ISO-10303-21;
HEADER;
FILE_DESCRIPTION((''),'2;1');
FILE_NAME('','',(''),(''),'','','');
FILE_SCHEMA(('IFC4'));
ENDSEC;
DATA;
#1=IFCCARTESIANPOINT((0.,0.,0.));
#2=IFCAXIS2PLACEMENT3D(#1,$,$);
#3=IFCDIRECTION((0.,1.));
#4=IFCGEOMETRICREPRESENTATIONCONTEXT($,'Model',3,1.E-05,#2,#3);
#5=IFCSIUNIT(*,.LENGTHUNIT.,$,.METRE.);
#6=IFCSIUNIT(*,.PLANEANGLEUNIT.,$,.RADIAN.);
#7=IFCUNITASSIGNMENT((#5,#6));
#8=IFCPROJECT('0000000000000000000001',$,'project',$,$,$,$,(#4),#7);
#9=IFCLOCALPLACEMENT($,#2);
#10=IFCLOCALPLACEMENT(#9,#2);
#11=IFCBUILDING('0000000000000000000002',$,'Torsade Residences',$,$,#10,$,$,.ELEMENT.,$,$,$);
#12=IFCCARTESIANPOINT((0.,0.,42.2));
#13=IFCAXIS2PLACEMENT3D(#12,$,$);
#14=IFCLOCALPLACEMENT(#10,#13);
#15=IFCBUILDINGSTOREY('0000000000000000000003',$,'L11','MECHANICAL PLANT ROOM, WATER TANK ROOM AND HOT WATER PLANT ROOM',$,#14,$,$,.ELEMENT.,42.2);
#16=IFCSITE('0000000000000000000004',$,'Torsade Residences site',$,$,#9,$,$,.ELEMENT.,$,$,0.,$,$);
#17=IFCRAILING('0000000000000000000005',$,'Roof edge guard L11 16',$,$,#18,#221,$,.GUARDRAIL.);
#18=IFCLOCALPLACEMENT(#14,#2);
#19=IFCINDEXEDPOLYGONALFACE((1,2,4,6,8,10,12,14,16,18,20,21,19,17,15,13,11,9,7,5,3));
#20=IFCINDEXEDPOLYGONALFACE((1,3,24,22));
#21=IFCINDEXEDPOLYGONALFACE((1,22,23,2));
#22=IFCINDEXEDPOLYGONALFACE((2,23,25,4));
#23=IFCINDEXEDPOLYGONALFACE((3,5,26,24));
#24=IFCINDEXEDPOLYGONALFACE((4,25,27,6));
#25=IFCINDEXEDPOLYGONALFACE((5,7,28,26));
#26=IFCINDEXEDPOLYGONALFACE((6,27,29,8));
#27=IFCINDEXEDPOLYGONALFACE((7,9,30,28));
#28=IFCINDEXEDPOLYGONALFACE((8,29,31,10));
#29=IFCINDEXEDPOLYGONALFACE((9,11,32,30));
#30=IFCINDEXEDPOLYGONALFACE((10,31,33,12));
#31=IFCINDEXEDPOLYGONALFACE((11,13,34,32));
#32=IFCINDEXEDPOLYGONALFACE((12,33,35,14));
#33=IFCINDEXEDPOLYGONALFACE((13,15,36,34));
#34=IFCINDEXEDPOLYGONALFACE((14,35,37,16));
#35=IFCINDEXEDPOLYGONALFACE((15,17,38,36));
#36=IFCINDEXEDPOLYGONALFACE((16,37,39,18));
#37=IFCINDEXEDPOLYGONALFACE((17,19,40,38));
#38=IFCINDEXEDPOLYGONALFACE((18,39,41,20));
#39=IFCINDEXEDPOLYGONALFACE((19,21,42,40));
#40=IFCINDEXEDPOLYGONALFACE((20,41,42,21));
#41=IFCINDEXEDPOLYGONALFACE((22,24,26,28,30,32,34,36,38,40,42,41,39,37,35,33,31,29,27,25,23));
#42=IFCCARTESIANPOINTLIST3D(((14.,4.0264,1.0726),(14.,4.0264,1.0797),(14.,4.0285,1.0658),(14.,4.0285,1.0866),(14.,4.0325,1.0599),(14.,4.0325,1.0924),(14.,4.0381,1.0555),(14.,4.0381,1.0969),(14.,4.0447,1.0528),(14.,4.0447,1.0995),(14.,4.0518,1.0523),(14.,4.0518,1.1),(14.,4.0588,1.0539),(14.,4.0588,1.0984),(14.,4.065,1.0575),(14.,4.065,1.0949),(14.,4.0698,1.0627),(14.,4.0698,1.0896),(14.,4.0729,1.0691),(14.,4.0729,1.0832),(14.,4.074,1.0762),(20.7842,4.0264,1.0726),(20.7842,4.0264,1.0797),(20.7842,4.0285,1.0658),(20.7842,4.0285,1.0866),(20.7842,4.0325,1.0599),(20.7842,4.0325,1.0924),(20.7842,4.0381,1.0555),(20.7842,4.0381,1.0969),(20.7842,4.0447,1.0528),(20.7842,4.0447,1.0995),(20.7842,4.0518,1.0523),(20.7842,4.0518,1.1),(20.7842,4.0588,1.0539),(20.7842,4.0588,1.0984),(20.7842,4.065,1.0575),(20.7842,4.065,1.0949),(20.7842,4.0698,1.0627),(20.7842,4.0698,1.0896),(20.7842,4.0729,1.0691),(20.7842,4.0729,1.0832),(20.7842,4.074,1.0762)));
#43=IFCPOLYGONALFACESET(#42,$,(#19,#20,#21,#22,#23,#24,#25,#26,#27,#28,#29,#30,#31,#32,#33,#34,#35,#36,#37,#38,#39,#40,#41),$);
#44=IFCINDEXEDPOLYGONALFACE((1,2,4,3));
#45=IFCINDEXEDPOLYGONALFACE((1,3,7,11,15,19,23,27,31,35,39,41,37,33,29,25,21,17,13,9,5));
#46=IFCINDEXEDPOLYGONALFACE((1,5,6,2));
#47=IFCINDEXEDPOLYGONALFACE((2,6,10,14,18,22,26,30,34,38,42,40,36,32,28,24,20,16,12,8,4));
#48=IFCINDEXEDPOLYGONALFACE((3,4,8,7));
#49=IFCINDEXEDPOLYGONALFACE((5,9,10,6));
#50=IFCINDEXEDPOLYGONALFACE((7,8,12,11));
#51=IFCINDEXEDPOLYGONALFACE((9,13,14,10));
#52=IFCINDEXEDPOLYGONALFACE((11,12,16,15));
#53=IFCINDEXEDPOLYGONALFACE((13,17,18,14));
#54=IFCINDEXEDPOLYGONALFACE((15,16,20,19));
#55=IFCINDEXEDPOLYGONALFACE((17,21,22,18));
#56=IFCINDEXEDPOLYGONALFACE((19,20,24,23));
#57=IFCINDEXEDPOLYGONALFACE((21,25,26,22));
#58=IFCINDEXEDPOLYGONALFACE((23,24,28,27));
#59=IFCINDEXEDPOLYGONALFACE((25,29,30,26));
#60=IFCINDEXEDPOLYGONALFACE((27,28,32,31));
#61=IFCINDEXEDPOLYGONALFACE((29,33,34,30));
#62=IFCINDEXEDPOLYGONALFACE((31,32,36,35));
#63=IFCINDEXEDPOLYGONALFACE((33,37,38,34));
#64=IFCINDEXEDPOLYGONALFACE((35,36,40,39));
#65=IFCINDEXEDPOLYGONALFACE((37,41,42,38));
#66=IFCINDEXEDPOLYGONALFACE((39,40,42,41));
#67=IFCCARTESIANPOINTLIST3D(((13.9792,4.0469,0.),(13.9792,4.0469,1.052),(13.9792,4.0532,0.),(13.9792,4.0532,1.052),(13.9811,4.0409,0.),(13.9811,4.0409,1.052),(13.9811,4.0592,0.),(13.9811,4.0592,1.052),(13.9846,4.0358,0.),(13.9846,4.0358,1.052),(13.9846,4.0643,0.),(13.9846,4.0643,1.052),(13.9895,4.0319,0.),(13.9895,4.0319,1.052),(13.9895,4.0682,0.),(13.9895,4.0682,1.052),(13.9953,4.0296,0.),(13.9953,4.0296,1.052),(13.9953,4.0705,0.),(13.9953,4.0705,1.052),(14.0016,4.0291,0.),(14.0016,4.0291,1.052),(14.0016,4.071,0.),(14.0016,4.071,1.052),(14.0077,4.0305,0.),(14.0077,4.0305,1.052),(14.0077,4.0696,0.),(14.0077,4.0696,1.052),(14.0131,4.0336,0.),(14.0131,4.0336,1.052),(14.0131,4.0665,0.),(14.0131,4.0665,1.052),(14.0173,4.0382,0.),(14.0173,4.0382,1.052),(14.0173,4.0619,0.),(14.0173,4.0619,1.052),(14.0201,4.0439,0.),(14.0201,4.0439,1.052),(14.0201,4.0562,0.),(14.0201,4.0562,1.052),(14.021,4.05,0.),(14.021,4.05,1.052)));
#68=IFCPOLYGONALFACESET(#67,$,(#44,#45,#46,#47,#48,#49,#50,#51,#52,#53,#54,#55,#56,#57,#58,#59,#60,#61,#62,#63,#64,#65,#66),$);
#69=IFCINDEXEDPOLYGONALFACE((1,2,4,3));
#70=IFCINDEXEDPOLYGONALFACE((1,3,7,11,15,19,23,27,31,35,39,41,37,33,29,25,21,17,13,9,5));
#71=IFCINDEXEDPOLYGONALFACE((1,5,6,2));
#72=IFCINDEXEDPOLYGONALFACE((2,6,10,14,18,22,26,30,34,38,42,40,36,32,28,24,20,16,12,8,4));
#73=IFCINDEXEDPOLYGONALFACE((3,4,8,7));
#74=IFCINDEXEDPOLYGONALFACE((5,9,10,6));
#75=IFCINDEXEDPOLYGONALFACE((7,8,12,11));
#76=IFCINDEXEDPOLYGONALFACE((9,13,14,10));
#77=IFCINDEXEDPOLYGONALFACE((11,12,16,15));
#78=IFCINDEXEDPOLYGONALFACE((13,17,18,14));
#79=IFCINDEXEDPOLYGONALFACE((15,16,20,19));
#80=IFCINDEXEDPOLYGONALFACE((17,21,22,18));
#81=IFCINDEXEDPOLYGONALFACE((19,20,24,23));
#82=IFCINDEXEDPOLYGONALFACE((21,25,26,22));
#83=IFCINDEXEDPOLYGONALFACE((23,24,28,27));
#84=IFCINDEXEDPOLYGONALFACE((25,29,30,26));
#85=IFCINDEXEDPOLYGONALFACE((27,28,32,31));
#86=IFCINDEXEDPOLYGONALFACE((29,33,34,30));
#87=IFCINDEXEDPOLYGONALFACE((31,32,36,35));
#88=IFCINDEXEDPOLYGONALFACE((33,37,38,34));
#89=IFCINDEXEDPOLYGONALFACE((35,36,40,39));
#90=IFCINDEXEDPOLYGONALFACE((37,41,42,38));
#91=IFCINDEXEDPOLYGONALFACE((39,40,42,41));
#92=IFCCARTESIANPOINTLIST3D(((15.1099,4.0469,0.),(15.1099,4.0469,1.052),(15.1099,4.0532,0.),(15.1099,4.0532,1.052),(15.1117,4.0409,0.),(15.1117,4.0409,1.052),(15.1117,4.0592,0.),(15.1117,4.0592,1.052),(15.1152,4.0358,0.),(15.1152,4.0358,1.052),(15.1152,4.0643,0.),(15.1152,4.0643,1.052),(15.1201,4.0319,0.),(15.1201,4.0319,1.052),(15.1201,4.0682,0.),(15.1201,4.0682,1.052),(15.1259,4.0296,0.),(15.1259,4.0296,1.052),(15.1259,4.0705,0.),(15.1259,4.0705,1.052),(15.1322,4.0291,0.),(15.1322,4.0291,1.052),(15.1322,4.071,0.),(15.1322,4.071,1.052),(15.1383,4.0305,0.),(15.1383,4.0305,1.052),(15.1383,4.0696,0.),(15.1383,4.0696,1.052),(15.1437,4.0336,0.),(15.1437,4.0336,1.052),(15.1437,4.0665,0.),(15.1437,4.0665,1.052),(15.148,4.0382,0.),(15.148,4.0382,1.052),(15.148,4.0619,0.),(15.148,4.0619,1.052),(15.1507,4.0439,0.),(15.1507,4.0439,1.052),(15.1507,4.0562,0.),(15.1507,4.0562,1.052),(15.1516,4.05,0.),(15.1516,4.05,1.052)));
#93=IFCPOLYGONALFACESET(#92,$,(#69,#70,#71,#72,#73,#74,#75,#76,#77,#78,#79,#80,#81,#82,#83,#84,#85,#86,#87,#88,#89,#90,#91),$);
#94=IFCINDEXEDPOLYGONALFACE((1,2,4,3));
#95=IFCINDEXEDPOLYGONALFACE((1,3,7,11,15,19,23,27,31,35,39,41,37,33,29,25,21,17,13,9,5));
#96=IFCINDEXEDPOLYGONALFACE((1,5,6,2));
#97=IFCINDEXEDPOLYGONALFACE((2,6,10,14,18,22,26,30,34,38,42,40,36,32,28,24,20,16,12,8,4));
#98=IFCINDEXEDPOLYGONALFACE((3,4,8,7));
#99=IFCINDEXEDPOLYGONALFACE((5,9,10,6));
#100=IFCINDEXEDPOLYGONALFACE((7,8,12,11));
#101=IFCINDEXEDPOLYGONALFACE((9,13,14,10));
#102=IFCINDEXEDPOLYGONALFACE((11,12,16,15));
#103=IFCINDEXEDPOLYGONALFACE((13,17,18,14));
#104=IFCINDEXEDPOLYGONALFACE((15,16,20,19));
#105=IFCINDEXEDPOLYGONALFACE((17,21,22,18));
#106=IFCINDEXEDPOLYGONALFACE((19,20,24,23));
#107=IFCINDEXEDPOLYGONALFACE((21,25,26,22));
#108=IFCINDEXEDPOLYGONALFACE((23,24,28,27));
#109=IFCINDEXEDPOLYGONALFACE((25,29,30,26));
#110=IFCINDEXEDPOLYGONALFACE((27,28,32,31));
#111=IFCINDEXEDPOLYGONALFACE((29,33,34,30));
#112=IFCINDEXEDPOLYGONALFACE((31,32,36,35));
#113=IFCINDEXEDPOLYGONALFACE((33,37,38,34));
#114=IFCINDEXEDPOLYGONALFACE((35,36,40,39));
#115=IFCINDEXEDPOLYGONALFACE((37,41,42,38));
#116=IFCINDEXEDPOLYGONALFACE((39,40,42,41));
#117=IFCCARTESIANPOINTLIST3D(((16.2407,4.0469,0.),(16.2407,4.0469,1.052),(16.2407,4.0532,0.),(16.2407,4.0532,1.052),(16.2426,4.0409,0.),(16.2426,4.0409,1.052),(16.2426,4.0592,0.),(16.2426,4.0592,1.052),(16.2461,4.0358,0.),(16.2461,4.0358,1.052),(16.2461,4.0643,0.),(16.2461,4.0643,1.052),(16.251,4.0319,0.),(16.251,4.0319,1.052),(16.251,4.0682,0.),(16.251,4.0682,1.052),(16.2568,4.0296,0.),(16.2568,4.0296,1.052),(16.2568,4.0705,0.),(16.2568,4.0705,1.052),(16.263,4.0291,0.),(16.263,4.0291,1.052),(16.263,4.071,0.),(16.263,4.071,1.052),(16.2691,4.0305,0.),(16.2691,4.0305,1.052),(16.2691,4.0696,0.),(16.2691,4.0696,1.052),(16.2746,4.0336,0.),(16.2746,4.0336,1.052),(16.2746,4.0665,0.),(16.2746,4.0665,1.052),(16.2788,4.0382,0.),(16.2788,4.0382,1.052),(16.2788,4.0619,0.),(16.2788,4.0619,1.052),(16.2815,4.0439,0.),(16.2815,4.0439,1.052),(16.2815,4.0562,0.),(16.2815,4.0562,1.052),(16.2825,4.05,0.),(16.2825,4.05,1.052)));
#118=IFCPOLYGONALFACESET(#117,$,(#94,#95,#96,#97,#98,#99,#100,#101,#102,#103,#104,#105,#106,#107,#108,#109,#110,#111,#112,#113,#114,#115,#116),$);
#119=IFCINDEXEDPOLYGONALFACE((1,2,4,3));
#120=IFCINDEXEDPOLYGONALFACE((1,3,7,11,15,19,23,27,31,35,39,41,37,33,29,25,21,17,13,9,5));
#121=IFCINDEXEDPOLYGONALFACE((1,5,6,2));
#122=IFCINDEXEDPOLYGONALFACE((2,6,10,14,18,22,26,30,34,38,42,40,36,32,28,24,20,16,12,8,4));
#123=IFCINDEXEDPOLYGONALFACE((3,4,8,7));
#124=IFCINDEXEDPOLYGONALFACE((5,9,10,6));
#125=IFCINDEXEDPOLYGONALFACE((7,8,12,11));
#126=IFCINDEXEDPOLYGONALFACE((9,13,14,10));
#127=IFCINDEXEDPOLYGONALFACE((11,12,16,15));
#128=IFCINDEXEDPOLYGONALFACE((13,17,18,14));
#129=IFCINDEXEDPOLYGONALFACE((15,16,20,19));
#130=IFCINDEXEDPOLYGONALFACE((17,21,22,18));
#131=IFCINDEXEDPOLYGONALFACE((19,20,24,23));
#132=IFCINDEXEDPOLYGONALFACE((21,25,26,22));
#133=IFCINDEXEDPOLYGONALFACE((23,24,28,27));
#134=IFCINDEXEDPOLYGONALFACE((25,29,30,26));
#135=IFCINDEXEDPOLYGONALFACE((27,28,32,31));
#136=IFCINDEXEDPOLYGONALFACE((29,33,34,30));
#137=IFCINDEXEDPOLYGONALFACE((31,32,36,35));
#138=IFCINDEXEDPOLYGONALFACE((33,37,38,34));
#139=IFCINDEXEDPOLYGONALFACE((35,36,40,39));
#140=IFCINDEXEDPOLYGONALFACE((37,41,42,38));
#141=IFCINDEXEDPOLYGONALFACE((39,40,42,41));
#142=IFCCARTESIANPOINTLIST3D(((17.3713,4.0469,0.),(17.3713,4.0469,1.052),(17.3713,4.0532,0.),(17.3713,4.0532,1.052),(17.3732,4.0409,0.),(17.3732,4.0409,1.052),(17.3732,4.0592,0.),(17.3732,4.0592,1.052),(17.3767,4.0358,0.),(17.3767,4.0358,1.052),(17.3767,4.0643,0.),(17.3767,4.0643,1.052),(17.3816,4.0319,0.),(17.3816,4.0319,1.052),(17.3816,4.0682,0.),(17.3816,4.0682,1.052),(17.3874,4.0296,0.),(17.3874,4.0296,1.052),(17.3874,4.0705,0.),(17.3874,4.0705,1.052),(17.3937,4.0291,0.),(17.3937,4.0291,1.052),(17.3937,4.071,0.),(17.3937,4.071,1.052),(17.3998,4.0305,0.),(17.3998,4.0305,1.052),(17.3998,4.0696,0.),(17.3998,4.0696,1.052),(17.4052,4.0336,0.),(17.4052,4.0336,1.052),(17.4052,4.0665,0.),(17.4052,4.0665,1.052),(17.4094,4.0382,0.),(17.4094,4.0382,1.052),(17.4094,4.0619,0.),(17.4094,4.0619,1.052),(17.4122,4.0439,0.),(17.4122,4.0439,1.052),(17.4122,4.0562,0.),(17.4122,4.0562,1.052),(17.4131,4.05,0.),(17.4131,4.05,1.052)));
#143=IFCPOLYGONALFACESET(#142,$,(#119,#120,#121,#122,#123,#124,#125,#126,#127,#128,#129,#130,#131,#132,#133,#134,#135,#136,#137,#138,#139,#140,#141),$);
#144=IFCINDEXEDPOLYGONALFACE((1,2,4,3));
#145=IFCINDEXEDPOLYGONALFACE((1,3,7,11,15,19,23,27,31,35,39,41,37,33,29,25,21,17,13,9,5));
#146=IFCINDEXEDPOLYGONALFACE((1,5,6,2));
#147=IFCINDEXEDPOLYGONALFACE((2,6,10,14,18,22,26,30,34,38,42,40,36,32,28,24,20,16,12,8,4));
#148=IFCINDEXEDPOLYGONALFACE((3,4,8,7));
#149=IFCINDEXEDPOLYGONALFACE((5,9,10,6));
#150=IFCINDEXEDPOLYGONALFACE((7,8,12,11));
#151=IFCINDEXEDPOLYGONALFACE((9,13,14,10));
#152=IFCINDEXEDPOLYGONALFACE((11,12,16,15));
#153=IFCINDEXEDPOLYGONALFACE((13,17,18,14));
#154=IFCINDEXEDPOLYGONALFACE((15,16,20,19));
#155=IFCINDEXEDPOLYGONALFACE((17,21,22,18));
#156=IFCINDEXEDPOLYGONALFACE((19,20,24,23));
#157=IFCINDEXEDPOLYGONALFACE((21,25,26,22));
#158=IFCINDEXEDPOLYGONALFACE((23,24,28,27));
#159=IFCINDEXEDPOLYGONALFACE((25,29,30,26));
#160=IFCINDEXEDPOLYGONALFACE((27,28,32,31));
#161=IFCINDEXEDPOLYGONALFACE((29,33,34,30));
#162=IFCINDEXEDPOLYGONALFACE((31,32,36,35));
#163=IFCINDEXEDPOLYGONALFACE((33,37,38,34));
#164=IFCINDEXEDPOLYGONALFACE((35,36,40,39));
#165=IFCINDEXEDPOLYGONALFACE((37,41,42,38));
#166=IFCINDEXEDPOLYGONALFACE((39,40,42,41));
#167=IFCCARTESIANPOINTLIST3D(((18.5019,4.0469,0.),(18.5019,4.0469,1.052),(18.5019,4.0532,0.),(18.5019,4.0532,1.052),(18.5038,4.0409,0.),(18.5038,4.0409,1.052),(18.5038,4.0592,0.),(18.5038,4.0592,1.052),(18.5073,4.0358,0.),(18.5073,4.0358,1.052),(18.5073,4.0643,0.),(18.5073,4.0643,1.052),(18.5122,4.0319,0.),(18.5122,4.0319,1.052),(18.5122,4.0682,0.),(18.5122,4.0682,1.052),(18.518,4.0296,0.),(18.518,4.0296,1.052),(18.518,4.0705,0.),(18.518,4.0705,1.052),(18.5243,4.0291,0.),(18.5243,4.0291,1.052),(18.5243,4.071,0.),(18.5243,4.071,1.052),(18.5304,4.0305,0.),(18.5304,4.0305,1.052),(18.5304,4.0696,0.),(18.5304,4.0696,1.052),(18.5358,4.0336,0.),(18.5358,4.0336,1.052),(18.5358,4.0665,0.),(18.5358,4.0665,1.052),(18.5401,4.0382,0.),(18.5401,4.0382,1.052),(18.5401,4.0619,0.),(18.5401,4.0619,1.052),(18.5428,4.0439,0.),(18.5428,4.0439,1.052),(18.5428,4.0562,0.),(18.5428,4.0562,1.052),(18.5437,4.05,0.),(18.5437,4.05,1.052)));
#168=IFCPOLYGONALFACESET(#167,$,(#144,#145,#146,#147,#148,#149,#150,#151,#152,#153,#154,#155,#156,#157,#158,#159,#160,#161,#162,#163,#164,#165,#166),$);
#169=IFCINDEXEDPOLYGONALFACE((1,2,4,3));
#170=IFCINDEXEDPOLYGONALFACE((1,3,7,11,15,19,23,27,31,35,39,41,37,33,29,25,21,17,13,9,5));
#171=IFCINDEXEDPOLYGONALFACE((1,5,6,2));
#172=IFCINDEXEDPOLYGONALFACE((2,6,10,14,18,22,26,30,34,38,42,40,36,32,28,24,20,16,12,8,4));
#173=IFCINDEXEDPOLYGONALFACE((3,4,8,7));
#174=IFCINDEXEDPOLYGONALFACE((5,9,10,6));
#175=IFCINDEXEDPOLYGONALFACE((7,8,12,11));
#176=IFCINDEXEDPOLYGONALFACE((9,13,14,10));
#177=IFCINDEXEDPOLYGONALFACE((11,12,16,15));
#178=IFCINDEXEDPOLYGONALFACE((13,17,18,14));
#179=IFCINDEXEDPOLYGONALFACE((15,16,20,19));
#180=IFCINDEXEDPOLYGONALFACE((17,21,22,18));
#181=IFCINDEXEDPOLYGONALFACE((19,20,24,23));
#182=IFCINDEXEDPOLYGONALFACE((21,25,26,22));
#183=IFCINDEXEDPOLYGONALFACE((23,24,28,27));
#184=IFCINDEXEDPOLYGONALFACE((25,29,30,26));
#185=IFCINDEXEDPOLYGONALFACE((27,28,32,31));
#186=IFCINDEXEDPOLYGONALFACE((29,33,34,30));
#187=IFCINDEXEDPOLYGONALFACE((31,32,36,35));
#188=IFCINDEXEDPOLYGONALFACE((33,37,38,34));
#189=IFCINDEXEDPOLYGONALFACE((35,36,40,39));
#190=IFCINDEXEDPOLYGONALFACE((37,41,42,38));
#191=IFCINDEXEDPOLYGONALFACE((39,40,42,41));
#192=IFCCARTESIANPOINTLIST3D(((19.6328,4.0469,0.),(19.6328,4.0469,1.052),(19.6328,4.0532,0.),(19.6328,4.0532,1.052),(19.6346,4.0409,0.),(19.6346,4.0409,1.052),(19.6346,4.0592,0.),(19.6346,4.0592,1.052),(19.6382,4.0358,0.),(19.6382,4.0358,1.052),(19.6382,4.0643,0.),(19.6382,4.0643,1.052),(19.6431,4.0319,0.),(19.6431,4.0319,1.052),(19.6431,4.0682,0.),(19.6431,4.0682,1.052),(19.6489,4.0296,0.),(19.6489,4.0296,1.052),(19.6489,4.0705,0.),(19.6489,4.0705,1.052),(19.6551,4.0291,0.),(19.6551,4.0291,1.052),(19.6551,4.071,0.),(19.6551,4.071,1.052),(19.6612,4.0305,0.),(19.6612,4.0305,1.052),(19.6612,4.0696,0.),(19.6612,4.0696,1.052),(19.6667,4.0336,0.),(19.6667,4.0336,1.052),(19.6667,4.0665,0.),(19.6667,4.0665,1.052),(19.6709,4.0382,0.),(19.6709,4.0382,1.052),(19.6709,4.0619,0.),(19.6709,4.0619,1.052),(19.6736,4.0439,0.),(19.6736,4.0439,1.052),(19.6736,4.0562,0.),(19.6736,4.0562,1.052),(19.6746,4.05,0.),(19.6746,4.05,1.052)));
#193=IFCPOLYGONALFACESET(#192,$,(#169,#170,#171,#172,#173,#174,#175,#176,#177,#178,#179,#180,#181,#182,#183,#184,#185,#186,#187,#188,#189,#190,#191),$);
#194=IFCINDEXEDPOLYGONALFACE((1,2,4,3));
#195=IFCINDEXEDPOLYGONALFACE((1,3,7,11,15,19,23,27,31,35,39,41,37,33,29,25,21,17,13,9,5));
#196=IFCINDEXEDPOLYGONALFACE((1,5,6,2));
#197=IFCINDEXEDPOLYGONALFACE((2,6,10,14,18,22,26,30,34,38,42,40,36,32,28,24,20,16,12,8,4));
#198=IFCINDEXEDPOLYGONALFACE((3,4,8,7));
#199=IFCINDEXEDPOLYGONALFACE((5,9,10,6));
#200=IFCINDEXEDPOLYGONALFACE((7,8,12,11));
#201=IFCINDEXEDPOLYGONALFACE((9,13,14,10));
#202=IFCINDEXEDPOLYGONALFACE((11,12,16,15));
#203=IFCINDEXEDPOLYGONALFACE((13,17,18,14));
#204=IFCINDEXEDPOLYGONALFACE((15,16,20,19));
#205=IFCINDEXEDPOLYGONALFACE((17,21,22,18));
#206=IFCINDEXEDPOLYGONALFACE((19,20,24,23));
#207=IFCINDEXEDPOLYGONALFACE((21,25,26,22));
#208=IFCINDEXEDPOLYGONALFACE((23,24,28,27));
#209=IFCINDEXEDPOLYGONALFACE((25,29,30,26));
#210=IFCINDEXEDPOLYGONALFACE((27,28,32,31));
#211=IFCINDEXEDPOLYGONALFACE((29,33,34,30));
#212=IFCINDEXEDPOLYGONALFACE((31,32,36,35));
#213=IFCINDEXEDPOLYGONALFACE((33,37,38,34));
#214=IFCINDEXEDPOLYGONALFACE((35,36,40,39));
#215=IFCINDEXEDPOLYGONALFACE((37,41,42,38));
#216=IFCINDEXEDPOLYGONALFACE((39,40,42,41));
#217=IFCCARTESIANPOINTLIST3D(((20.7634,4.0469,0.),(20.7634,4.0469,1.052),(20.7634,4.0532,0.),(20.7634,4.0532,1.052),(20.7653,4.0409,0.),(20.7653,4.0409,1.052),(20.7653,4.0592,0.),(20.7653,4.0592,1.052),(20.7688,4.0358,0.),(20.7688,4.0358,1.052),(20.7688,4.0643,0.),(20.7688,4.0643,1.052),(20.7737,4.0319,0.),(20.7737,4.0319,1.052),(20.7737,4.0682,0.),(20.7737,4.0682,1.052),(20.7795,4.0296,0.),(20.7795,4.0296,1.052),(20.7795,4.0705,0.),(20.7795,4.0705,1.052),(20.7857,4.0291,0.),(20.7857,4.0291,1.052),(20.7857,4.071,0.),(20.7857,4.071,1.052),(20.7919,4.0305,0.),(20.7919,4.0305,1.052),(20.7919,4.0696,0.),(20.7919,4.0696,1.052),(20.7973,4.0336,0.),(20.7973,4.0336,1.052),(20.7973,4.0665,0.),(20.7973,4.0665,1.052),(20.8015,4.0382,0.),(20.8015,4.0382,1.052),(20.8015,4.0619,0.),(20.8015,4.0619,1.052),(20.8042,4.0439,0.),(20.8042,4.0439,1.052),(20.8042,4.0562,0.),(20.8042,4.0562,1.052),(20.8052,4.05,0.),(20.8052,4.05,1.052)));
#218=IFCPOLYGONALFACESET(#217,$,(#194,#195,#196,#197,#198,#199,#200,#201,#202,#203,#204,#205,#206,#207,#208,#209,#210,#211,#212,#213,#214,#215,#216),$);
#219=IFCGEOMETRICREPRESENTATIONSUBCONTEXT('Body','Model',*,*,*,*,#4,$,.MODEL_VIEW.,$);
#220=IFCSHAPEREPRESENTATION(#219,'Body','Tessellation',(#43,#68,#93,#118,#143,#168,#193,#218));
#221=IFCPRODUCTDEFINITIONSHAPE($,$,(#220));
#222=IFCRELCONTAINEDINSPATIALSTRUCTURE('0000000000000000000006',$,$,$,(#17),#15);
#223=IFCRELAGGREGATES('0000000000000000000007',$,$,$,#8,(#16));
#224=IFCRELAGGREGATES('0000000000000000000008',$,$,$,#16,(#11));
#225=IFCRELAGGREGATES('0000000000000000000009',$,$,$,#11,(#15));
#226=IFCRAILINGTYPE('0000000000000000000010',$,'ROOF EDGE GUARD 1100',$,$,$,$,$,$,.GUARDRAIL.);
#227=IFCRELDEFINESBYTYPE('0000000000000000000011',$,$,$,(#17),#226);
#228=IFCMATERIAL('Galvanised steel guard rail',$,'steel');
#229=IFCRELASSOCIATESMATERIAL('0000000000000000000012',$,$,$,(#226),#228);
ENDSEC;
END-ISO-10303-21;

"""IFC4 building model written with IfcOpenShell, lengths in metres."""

from ifc_helpers import new_model, si_unit, direction, frame, origin, origin_2d, place, context, subcontext, project, spatial, circle, extrude, material, type_object, element, save


model = new_model("IFC4")

# Units and contexts
model_context = context("Model", 3, precision=1e-05, world=origin(), true_north=direction((0.0, 1.0)))
body_context = subcontext(model_context, "Body", "Model", "MODEL_VIEW")
ifc_project = project(units=[si_unit("LENGTHUNIT", "METRE"), si_unit("PLANEANGLEUNIT", "RADIAN")], contexts=[model_context])

# Site, building, storey
site_placement = place(None, origin())
site = spatial("IfcSite", under=ifc_project, at=site_placement, Name="Torsade Residences site", CompositionType="ELEMENT", RefElevation=0.0)
building_placement = place(site_placement, origin())
building = spatial("IfcBuilding", under=site, at=building_placement, Name="Torsade Residences", CompositionType="ELEMENT")
storey_placement = place(building_placement, frame((0.0, 0.0, 42.2)))
storey = spatial("IfcBuildingStorey", under=building, at=storey_placement, Name="L11", Description="MECHANICAL PLANT ROOM, WATER TANK ROOM AND HOT WATER PLANT ROOM", CompositionType="ELEMENT", Elevation=42.2)

# Railing
ifc_material_1 = material(Name="Galvanised steel guard rail", Category="steel")
railing_type = type_object("IfcRailingType", Name="ROOF EDGE GUARD 1100", PredefinedType="GUARDRAIL", material=ifc_material_1)
railing_1_placement = place(storey_placement, frame((14.0, 4.05, 0.0)))
element("IfcRailing", 1, at=railing_1_placement, inside=storey, type_object=railing_type, Name="Roof edge guard L11 16", PredefinedType="GUARDRAIL", context=body_context, shape_type="SweptSolid", body=[
    extrude(circle(Radius=0.0239, at=origin_2d()), frame((0.0, 0.0, 1.0762), z_axis=(1.0, 0.0, 0.0), x_axis=(0.0, 1.0, 0.0)), (0.0, 0.0, 1.0), 6.7842),
    extrude(circle(Radius=0.021, at=origin_2d()), origin(), (0.0, 0.0, 1.0), 1.052),
    extrude(circle(Radius=0.021, at=origin_2d()), frame((1.1306, 0.0, 0.0)), (0.0, 0.0, 1.0), 1.052),
    extrude(circle(Radius=0.021, at=origin_2d()), frame((2.2615, 0.0, 0.0)), (0.0, 0.0, 1.0), 1.052),
    extrude(circle(Radius=0.021, at=origin_2d()), frame((3.3921, 0.0, 0.0)), (0.0, 0.0, 1.0), 1.052),
    extrude(circle(Radius=0.021, at=origin_2d()), frame((4.5227, 0.0, 0.0)), (0.0, 0.0, 1.0), 1.052),
    extrude(circle(Radius=0.021, at=origin_2d()), frame((5.6536, 0.0, 0.0)), (0.0, 0.0, 1.0), 1.052),
    extrude(circle(Radius=0.021, at=origin_2d()), frame((6.7842, 0.0, 0.0)), (0.0, 0.0, 1.0), 1.052),
])

save(model, "model.ifc")
